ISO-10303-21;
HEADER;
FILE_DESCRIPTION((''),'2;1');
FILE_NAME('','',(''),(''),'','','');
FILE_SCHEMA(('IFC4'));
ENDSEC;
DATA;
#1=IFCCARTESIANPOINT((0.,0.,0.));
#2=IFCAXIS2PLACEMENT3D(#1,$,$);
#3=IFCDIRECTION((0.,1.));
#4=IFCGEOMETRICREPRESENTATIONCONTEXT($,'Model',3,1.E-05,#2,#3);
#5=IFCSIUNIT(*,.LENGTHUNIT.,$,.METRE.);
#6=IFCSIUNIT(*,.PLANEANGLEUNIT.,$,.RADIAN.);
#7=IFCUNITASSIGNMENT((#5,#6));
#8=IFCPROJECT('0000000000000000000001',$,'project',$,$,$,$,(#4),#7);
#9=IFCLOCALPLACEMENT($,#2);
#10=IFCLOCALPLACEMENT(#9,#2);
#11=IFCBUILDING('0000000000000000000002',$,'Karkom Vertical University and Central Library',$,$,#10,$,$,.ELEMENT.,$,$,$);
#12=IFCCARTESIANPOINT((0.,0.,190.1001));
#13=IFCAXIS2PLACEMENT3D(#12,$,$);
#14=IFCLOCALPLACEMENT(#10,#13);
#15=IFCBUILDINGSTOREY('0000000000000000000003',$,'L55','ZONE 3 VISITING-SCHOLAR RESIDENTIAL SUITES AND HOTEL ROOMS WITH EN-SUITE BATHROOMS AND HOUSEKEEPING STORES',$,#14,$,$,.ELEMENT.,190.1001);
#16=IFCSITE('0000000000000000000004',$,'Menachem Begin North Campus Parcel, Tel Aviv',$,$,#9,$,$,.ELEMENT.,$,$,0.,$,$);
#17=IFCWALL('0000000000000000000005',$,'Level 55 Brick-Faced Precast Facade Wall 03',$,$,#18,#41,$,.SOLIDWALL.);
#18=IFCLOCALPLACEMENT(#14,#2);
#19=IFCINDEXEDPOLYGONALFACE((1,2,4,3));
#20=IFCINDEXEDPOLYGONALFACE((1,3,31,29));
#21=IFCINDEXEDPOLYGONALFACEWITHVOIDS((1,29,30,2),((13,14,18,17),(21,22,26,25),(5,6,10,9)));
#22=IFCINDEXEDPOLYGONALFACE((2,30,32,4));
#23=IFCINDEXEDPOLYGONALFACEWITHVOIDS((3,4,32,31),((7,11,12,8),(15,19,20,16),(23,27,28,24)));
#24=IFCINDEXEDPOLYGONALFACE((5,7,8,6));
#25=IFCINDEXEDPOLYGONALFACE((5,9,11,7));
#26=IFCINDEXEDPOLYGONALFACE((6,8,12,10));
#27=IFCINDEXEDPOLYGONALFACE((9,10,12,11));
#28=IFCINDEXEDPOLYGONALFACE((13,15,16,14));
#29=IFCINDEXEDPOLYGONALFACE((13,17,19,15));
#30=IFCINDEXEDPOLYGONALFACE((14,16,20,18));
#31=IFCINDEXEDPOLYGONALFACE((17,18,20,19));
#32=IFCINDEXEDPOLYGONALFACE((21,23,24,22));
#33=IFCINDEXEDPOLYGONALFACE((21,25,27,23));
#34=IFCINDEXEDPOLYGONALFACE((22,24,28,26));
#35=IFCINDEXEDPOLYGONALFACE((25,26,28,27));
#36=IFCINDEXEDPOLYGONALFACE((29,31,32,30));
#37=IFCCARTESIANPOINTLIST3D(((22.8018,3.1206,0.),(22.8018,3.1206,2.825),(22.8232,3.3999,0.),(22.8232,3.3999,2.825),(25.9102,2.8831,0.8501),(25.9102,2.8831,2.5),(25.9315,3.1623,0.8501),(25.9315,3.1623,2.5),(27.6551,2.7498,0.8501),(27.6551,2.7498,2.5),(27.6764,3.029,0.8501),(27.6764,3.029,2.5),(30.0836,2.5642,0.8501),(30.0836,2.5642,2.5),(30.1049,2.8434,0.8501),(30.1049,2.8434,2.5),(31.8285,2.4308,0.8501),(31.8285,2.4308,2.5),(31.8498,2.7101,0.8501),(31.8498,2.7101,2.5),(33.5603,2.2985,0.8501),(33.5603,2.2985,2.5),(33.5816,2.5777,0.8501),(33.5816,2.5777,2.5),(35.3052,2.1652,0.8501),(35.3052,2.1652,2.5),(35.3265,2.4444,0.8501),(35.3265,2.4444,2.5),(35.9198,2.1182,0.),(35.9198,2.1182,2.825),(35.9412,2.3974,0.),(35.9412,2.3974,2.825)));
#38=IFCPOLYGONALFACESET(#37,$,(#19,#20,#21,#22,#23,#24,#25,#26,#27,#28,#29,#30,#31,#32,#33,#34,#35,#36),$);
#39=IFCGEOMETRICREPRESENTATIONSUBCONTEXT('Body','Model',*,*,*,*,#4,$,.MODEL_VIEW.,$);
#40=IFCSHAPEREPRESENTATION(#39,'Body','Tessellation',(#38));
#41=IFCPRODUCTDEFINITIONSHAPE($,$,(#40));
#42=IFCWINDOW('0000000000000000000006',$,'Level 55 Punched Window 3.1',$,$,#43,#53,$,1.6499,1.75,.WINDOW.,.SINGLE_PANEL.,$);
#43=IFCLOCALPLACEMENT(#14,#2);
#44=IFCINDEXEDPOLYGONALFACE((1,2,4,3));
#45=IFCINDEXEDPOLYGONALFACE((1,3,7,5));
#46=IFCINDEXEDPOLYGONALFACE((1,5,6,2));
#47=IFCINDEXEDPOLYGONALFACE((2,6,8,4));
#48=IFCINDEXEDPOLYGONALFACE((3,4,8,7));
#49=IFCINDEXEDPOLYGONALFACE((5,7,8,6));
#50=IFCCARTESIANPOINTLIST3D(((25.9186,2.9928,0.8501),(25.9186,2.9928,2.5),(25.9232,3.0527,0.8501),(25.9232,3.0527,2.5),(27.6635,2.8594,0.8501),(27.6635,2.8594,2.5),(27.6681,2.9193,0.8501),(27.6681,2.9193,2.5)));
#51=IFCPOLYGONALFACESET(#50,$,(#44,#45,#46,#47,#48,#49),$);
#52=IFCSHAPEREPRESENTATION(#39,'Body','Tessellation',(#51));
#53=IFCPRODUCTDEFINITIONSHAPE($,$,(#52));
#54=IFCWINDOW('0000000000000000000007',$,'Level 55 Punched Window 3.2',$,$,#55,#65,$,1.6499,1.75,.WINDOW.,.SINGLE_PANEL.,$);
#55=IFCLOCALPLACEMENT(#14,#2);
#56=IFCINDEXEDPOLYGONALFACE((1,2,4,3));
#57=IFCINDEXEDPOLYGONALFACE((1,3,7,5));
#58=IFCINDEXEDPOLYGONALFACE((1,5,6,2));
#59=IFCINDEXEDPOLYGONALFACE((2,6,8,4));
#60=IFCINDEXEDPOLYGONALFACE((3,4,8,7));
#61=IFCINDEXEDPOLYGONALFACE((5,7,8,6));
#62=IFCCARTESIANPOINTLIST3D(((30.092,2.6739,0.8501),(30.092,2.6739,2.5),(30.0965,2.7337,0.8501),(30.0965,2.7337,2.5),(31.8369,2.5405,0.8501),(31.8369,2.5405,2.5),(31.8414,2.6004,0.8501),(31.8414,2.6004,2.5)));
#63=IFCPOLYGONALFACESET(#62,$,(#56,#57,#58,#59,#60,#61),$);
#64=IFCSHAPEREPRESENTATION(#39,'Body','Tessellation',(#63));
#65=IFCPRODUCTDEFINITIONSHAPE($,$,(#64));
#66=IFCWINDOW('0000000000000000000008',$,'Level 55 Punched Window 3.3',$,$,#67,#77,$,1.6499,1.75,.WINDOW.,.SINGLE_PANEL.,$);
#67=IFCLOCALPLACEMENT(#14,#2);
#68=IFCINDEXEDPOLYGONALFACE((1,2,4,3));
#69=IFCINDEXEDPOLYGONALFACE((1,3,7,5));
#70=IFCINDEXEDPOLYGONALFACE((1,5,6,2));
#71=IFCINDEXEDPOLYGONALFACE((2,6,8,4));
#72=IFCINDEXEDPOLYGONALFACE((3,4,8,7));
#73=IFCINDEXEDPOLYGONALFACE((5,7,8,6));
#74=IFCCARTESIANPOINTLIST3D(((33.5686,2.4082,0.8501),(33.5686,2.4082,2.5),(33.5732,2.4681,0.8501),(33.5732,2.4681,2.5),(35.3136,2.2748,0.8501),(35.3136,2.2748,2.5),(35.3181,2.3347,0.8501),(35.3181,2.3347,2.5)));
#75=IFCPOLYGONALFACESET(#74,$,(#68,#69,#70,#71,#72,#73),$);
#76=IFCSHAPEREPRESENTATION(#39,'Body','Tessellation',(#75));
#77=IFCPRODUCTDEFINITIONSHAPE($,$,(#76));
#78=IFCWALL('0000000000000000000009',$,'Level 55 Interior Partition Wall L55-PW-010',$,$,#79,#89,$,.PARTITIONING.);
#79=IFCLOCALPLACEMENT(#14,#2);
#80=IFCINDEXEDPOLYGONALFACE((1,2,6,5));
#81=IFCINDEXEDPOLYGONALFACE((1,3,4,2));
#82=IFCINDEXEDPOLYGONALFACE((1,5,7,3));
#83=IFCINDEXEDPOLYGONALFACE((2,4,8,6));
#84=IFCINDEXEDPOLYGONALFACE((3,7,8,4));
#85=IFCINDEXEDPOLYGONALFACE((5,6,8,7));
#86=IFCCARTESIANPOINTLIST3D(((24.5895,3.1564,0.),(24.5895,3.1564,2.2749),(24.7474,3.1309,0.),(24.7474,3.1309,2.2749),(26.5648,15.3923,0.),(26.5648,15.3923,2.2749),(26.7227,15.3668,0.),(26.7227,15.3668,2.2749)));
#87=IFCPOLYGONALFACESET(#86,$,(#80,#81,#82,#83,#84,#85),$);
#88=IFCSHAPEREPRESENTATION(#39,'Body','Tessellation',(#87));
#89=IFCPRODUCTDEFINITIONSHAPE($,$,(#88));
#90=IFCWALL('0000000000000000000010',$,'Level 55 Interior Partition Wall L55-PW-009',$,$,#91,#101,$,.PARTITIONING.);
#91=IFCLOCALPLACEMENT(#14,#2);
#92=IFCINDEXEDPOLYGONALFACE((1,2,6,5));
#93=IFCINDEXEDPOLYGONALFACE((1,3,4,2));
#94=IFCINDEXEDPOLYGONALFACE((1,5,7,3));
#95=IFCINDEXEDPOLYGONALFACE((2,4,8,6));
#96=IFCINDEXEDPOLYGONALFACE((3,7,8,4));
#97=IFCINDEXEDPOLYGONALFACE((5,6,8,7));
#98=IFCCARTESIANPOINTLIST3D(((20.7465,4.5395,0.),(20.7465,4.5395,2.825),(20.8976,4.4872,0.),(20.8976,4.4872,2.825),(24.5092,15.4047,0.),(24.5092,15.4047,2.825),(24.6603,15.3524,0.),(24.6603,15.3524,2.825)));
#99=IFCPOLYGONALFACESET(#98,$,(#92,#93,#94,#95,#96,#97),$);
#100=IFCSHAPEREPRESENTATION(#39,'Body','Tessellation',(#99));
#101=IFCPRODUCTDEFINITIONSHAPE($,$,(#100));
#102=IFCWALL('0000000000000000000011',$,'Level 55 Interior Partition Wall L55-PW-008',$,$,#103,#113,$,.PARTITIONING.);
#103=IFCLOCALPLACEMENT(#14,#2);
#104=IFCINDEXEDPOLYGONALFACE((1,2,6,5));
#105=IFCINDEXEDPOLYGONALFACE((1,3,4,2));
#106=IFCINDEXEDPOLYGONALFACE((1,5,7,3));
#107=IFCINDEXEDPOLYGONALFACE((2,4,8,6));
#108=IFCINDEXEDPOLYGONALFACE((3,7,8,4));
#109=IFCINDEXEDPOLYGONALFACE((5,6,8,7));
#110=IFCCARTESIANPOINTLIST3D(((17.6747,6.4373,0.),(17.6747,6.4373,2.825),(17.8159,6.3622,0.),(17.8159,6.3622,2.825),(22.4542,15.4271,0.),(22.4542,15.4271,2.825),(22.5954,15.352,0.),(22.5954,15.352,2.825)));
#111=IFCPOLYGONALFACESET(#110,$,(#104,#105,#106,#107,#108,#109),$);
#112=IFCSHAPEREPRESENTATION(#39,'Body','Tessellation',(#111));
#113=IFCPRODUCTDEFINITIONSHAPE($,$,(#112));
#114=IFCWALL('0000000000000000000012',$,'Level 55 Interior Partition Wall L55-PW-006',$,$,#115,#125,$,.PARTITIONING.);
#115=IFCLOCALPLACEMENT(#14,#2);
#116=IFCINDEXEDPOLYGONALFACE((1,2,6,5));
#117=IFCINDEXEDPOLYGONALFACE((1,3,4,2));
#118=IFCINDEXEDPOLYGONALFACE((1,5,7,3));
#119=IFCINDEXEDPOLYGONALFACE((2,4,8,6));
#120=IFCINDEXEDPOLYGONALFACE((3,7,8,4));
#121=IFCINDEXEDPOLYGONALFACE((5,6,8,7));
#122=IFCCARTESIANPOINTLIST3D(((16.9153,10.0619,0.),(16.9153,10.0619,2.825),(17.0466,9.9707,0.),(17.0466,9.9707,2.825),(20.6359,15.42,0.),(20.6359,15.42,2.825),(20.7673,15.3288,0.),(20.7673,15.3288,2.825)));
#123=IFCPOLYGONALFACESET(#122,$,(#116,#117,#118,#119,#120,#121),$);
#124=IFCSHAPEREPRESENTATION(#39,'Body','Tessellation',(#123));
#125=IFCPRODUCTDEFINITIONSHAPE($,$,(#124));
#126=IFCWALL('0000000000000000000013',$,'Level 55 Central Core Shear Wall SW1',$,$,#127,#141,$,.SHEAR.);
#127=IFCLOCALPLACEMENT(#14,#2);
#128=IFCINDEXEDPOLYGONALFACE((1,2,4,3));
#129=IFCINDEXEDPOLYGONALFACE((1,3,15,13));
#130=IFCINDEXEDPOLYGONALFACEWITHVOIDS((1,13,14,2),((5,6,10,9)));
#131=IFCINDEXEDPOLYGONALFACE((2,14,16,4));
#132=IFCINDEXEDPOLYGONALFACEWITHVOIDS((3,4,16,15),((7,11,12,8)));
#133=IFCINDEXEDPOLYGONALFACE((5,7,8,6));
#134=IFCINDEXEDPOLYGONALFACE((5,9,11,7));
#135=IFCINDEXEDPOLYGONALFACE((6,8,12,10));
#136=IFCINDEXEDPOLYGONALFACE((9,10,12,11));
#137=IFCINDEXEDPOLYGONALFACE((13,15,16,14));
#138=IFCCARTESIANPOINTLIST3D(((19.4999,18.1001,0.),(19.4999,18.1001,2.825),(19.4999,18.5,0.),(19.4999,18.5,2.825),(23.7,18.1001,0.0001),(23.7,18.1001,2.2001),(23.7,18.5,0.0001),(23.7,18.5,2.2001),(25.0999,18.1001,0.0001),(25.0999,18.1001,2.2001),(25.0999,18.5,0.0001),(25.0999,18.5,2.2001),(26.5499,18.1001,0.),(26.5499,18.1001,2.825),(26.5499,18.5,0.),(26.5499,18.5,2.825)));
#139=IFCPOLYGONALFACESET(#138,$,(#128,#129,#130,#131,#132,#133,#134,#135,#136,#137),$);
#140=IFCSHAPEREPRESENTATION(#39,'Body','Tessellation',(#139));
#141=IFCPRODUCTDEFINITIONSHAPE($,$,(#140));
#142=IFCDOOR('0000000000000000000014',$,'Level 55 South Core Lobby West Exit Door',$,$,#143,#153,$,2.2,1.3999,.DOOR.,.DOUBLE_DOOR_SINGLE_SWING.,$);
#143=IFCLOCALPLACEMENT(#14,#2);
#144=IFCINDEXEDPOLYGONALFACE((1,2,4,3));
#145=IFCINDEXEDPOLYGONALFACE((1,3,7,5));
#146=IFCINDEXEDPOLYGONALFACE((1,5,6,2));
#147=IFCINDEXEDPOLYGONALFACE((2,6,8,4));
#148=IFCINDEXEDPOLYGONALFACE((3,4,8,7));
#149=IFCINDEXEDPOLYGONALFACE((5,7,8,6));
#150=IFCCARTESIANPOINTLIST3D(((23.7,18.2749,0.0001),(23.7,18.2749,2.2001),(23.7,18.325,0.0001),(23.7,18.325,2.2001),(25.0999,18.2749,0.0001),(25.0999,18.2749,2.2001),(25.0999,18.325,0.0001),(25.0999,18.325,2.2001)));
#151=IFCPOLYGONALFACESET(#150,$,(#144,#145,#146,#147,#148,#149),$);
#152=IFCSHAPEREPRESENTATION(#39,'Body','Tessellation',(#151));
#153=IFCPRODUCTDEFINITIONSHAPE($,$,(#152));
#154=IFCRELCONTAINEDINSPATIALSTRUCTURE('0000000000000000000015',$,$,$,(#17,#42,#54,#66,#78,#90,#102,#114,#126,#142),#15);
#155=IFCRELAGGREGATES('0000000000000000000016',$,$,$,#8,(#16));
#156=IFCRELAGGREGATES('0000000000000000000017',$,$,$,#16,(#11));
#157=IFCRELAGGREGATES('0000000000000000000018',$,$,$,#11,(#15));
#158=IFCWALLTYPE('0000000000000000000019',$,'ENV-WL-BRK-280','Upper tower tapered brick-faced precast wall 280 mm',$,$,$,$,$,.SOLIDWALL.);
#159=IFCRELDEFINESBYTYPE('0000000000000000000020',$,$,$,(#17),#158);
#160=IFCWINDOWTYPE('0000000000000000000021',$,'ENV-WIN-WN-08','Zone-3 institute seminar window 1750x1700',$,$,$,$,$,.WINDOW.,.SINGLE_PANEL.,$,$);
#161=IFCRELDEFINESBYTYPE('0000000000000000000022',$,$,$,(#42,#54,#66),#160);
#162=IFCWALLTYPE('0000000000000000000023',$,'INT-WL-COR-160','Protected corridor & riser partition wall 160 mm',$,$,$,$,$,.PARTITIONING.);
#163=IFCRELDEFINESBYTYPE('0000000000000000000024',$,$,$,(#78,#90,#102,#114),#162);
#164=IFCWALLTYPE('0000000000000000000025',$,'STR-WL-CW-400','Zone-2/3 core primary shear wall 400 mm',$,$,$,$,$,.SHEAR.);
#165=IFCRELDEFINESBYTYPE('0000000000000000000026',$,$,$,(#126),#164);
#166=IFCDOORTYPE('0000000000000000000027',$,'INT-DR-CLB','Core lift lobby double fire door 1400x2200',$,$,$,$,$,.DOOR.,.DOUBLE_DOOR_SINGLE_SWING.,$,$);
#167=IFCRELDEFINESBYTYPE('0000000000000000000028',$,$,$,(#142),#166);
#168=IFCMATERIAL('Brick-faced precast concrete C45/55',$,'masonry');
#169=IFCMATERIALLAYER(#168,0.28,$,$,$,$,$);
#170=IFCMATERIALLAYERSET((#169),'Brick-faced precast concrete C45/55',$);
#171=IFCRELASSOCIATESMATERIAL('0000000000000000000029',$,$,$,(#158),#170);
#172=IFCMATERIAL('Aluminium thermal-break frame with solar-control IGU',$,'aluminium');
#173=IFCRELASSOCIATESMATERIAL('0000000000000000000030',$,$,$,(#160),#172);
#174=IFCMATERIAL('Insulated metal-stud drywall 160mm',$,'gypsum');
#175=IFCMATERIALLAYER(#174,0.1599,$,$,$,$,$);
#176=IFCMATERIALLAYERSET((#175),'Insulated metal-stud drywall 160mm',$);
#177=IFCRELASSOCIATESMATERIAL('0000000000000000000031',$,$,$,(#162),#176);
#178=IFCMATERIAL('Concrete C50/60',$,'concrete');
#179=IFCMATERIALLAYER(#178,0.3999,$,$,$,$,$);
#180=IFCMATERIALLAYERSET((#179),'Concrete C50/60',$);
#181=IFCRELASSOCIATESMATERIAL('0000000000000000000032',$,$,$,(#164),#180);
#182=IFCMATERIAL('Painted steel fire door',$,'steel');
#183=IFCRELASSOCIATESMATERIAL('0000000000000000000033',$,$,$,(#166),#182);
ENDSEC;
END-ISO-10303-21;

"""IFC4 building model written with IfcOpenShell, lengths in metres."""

from ifc_helpers import new_model, si_unit, direction, frame, frame_2d, origin, origin_with_axes, place, context, subcontext, project, spatial, rectangle, extrude, source, transform, mapped, material, layer, layer_set, type_object, element, fill, save


model = new_model("IFC4")

# Units and contexts
model_context = context("Model", 3, precision=1e-05, world=origin(), true_north=direction((0.0, 1.0)))
body_context = subcontext(model_context, "Body", "Model", "MODEL_VIEW")
ifc_project = project(units=[si_unit("LENGTHUNIT", "METRE"), si_unit("PLANEANGLEUNIT", "RADIAN")], contexts=[model_context])

# Site, building, storey
site_placement = place(None, origin())
site = spatial("IfcSite", under=ifc_project, at=site_placement, Name="Menachem Begin North Campus Parcel, Tel Aviv", CompositionType="ELEMENT", RefElevation=0.0)
building_placement = place(site_placement, origin())
building = spatial("IfcBuilding", under=site, at=building_placement, Name="Karkom Vertical University and Central Library", CompositionType="ELEMENT")
storey_placement = place(building_placement, frame((0.0, 0.0, 190.1001)))
storey = spatial("IfcBuildingStorey", under=building, at=storey_placement, Name="L55", Description="ZONE 3 VISITING-SCHOLAR RESIDENTIAL SUITES AND HOTEL ROOMS WITH EN-SUITE BATHROOMS AND HOUSEKEEPING STORES", CompositionType="ELEMENT", Elevation=190.1001)

# Shared definitions
ifc_material_1 = material(Name="Concrete C50/60", Category="concrete")

# Wall, openings, windows
ifc_material_2 = material(Name="Brick-faced precast concrete C45/55", Category="masonry")
ifc_layer_1 = layer(ifc_material_2, 0.28)
ifc_layer_set_1 = layer_set([ifc_layer_1], Name="Brick-faced precast concrete C45/55")
wall_type_1 = type_object("IfcWallType", Name="ENV-WL-BRK-280", Description="Upper tower tapered brick-faced precast wall 280 mm", PredefinedType="SOLIDWALL", material=ifc_layer_set_1)
wall_1_placement = place(storey_placement, frame((22.8125, 3.2603, 0.0), z_axis=(0.0, 0.0, 1.0), x_axis=(0.997093, -0.076196, 0.0)))
wall_1 = element("IfcWall", 1, at=wall_1_placement, inside=storey, type_object=wall_type_1, Name="Level 55 Brick-Faced Precast Facade Wall 03", PredefinedType="SOLIDWALL", context=body_context, shape_type="SweptSolid", body=[
    extrude(rectangle(XDim=13.1562, YDim=0.28, at=frame_2d((6.5781, 0.0))), origin(), (0.0, 0.0, 1.0), 2.825),
])
opening_1_placement = place(wall_1_placement, frame((3.1174, 0.0, 0.8501)))
opening_1 = element("IfcOpeningElement", 2, at=opening_1_placement, cuts=wall_1, PredefinedType="OPENING", context=body_context, shape_type="SweptSolid", body=[
    extrude(rectangle(XDim=1.75, YDim=1.6499, at=frame_2d((0.875, 0.825))), frame((0.0, 0.1499, 0.0), z_axis=(0.0, -1.0, 0.0), x_axis=(1.0, 0.0, 0.0)), (0.0, 0.0, 1.0), 0.3),
])
opening_2_placement = place(wall_1_placement, frame((7.303, 0.0, 0.8501)))
opening_2 = element("IfcOpeningElement", 3, at=opening_2_placement, cuts=wall_1, PredefinedType="OPENING", context=body_context, shape_type="SweptSolid", body=[
    extrude(rectangle(XDim=1.75, YDim=1.6499, at=frame_2d((0.875, 0.825))), frame((0.0, 0.1499, 0.0), z_axis=(0.0, -1.0, 0.0), x_axis=(1.0, 0.0, 0.0)), (0.0, 0.0, 1.0), 0.3),
])
opening_3_placement = place(wall_1_placement, frame((10.7898, 0.0, 0.8501)))
opening_3 = element("IfcOpeningElement", 4, at=opening_3_placement, cuts=wall_1, PredefinedType="OPENING", context=body_context, shape_type="SweptSolid", body=[
    extrude(rectangle(XDim=1.75, YDim=1.6499, at=frame_2d((0.875, 0.825))), frame((0.0, 0.1499, 0.0), z_axis=(0.0, -1.0, 0.0), x_axis=(1.0, 0.0, 0.0)), (0.0, 0.0, 1.0), 0.3),
])
ifc_material_3 = material(Name="Aluminium thermal-break frame with solar-control IGU", Category="aluminium")
window_type = type_object("IfcWindowType", Name="ENV-WIN-WN-08", Description="Zone-3 institute seminar window 1750x1700", PartitioningType="SINGLE_PANEL", PredefinedType="WINDOW", material=ifc_material_3)
shared_shape_1 = source(origin_with_axes(), body_context, "Body", "SweptSolid", [
    extrude(rectangle(XDim=1.75, YDim=1.6499, at=frame_2d((0.875, 0.825))), frame((0.0, 0.03, 0.0), z_axis=(0.0, -1.0, 0.0), x_axis=(1.0, 0.0, 0.0)), (0.0, 0.0, 1.0), 0.0601),
])
window_1_placement = place(opening_1_placement, origin())
window_1 = element("IfcWindow", 5, at=window_1_placement, inside=storey, type_object=window_type, Name="Level 55 Punched Window 3.1", OverallHeight=1.6499, OverallWidth=1.75, PartitioningType="SINGLE_PANEL", PredefinedType="WINDOW", context=body_context, shape_type="MappedRepresentation", body=[
    mapped(shared_shape_1, transform((0.0, 0.0, 0.0), scale=1.0)),
])
fill(opening_1, window_1)
window_2_placement = place(opening_2_placement, origin())
window_2 = element("IfcWindow", 6, at=window_2_placement, inside=storey, type_object=window_type, Name="Level 55 Punched Window 3.2", OverallHeight=1.6499, OverallWidth=1.75, PartitioningType="SINGLE_PANEL", PredefinedType="WINDOW", context=body_context, shape_type="MappedRepresentation", body=[
    mapped(shared_shape_1, transform((0.0, 0.0, 0.0), scale=1.0)),
])
fill(opening_2, window_2)
window_3_placement = place(opening_3_placement, origin())
window_3 = element("IfcWindow", 7, at=window_3_placement, inside=storey, type_object=window_type, Name="Level 55 Punched Window 3.3", OverallHeight=1.6499, OverallWidth=1.75, PartitioningType="SINGLE_PANEL", PredefinedType="WINDOW", context=body_context, shape_type="MappedRepresentation", body=[
    mapped(shared_shape_1, transform((0.0, 0.0, 0.0), scale=1.0)),
])
fill(opening_3, window_3)

# Walls
ifc_material_4 = material(Name="Insulated metal-stud drywall 160mm", Category="gypsum")
ifc_layer_2 = layer(ifc_material_4, 0.1599)
ifc_layer_set_2 = layer_set([ifc_layer_2], Name="Insulated metal-stud drywall 160mm")
wall_type_2 = type_object("IfcWallType", Name="INT-WL-COR-160", Description="Protected corridor & riser partition wall 160 mm", PredefinedType="PARTITIONING", material=ifc_layer_set_2)
wall_2_placement = place(storey_placement, frame((26.6438, 15.3796, 0.0), z_axis=(0.0, 0.0, 1.0), x_axis=(-0.159375, -0.987218, 0.0)))
element("IfcWall", 8, at=wall_2_placement, inside=storey, type_object=wall_type_2, Name="Level 55 Interior Partition Wall L55-PW-010", PredefinedType="PARTITIONING", context=body_context, shape_type="SweptSolid", body=[
    extrude(rectangle(XDim=12.3943, YDim=0.1599, at=frame_2d((6.1973, 0.0))), origin(), (0.0, 0.0, 1.0), 2.2749),
])
wall_3_placement = place(storey_placement, frame((24.5847, 15.3784, 0.0), z_axis=(0.0, 0.0, 1.0), x_axis=(-0.327239, -0.944942, 0.0)))
element("IfcWall", 9, at=wall_3_placement, inside=storey, type_object=wall_type_2, Name="Level 55 Interior Partition Wall L55-PW-009", PredefinedType="PARTITIONING", context=body_context, shape_type="SweptSolid", body=[
    extrude(rectangle(XDim=11.4983, YDim=0.1599, at=frame_2d((5.749, 0.0))), origin(), (0.0, 0.0, 1.0), 2.825),
])
wall_4_placement = place(storey_placement, frame((22.5249, 15.3896, 0.0), z_axis=(0.0, 0.0, 1.0), x_axis=(-0.469442, -0.882964, 0.0)))
element("IfcWall", 10, at=wall_4_placement, inside=storey, type_object=wall_type_2, Name="Level 55 Interior Partition Wall L55-PW-008", PredefinedType="PARTITIONING", context=body_context, shape_type="SweptSolid", body=[
    extrude(rectangle(XDim=10.1814, YDim=0.1599, at=frame_2d((5.0908, 0.0))), origin(), (0.0, 0.0, 1.0), 2.825),
])
wall_5_placement = place(storey_placement, frame((20.7017, 15.3745, 0.0), z_axis=(0.0, 0.0, 1.0), x_axis=(-0.570371, -0.821387, 0.0)))
element("IfcWall", 11, at=wall_5_placement, inside=storey, type_object=wall_type_2, Name="Level 55 Interior Partition Wall L55-PW-006", PredefinedType="PARTITIONING", context=body_context, shape_type="SweptSolid", body=[
    extrude(rectangle(XDim=6.5232, YDim=0.1599, at=frame_2d((3.2617, 0.0))), origin(), (0.0, 0.0, 1.0), 2.825),
])

# Wall, opening, door
ifc_layer_3 = layer(ifc_material_1, 0.3999)
ifc_layer_set_3 = layer_set([ifc_layer_3], Name="Concrete C50/60")
wall_type_3 = type_object("IfcWallType", Name="STR-WL-CW-400", Description="Zone-2/3 core primary shear wall 400 mm", PredefinedType="SHEAR", material=ifc_layer_set_3)
wall_6_placement = place(storey_placement, frame((19.5, 18.3, 0.0), z_axis=(0.0, 0.0, 1.0), x_axis=(1.0, 0.0, 0.0)))
wall_6 = element("IfcWall", 12, at=wall_6_placement, inside=storey, type_object=wall_type_3, Name="Level 55 Central Core Shear Wall SW1", PredefinedType="SHEAR", context=body_context, shape_type="SweptSolid", body=[
    extrude(rectangle(XDim=7.05, YDim=0.3999, at=frame_2d((3.5249, 0.0))), origin(), (0.0, 0.0, 1.0), 2.825),
])
opening_4_placement = place(wall_6_placement, frame((4.2, 0.0, 0.0)))
opening_4 = element("IfcOpeningElement", 13, at=opening_4_placement, cuts=wall_6, PredefinedType="OPENING", context=body_context, shape_type="SweptSolid", body=[
    extrude(rectangle(XDim=1.3999, YDim=2.2, at=frame_2d((0.7, 1.1001))), frame((0.0, 0.21, 0.0), z_axis=(0.0, -1.0, 0.0), x_axis=(1.0, 0.0, 0.0)), (0.0, 0.0, 1.0), 0.4199),
])
ifc_material_5 = material(Name="Painted steel fire door", Category="steel")
door_type = type_object("IfcDoorType", Name="INT-DR-CLB", Description="Core lift lobby double fire door 1400x2200", OperationType="DOUBLE_DOOR_SINGLE_SWING", PredefinedType="DOOR", material=ifc_material_5)
shared_shape_2 = source(origin_with_axes(), body_context, "Body", "SweptSolid", [
    extrude(rectangle(XDim=1.3999, YDim=2.2, at=frame_2d((0.7, 1.1001))), frame((0.0, 0.0249, 0.0), z_axis=(0.0, -1.0, 0.0), x_axis=(1.0, 0.0, 0.0)), (0.0, 0.0, 1.0), 0.05),
])
door_1_placement = place(opening_4_placement, origin())
door_1 = element("IfcDoor", 14, at=door_1_placement, inside=storey, type_object=door_type, Name="Level 55 South Core Lobby West Exit Door", OperationType="DOUBLE_DOOR_SINGLE_SWING", OverallHeight=2.2, OverallWidth=1.3999, PredefinedType="DOOR", context=body_context, shape_type="MappedRepresentation", body=[
    mapped(shared_shape_2, transform((0.0, 0.0, 0.0), scale=1.0)),
])
fill(opening_4, door_1)

save(model, "model.ifc")
